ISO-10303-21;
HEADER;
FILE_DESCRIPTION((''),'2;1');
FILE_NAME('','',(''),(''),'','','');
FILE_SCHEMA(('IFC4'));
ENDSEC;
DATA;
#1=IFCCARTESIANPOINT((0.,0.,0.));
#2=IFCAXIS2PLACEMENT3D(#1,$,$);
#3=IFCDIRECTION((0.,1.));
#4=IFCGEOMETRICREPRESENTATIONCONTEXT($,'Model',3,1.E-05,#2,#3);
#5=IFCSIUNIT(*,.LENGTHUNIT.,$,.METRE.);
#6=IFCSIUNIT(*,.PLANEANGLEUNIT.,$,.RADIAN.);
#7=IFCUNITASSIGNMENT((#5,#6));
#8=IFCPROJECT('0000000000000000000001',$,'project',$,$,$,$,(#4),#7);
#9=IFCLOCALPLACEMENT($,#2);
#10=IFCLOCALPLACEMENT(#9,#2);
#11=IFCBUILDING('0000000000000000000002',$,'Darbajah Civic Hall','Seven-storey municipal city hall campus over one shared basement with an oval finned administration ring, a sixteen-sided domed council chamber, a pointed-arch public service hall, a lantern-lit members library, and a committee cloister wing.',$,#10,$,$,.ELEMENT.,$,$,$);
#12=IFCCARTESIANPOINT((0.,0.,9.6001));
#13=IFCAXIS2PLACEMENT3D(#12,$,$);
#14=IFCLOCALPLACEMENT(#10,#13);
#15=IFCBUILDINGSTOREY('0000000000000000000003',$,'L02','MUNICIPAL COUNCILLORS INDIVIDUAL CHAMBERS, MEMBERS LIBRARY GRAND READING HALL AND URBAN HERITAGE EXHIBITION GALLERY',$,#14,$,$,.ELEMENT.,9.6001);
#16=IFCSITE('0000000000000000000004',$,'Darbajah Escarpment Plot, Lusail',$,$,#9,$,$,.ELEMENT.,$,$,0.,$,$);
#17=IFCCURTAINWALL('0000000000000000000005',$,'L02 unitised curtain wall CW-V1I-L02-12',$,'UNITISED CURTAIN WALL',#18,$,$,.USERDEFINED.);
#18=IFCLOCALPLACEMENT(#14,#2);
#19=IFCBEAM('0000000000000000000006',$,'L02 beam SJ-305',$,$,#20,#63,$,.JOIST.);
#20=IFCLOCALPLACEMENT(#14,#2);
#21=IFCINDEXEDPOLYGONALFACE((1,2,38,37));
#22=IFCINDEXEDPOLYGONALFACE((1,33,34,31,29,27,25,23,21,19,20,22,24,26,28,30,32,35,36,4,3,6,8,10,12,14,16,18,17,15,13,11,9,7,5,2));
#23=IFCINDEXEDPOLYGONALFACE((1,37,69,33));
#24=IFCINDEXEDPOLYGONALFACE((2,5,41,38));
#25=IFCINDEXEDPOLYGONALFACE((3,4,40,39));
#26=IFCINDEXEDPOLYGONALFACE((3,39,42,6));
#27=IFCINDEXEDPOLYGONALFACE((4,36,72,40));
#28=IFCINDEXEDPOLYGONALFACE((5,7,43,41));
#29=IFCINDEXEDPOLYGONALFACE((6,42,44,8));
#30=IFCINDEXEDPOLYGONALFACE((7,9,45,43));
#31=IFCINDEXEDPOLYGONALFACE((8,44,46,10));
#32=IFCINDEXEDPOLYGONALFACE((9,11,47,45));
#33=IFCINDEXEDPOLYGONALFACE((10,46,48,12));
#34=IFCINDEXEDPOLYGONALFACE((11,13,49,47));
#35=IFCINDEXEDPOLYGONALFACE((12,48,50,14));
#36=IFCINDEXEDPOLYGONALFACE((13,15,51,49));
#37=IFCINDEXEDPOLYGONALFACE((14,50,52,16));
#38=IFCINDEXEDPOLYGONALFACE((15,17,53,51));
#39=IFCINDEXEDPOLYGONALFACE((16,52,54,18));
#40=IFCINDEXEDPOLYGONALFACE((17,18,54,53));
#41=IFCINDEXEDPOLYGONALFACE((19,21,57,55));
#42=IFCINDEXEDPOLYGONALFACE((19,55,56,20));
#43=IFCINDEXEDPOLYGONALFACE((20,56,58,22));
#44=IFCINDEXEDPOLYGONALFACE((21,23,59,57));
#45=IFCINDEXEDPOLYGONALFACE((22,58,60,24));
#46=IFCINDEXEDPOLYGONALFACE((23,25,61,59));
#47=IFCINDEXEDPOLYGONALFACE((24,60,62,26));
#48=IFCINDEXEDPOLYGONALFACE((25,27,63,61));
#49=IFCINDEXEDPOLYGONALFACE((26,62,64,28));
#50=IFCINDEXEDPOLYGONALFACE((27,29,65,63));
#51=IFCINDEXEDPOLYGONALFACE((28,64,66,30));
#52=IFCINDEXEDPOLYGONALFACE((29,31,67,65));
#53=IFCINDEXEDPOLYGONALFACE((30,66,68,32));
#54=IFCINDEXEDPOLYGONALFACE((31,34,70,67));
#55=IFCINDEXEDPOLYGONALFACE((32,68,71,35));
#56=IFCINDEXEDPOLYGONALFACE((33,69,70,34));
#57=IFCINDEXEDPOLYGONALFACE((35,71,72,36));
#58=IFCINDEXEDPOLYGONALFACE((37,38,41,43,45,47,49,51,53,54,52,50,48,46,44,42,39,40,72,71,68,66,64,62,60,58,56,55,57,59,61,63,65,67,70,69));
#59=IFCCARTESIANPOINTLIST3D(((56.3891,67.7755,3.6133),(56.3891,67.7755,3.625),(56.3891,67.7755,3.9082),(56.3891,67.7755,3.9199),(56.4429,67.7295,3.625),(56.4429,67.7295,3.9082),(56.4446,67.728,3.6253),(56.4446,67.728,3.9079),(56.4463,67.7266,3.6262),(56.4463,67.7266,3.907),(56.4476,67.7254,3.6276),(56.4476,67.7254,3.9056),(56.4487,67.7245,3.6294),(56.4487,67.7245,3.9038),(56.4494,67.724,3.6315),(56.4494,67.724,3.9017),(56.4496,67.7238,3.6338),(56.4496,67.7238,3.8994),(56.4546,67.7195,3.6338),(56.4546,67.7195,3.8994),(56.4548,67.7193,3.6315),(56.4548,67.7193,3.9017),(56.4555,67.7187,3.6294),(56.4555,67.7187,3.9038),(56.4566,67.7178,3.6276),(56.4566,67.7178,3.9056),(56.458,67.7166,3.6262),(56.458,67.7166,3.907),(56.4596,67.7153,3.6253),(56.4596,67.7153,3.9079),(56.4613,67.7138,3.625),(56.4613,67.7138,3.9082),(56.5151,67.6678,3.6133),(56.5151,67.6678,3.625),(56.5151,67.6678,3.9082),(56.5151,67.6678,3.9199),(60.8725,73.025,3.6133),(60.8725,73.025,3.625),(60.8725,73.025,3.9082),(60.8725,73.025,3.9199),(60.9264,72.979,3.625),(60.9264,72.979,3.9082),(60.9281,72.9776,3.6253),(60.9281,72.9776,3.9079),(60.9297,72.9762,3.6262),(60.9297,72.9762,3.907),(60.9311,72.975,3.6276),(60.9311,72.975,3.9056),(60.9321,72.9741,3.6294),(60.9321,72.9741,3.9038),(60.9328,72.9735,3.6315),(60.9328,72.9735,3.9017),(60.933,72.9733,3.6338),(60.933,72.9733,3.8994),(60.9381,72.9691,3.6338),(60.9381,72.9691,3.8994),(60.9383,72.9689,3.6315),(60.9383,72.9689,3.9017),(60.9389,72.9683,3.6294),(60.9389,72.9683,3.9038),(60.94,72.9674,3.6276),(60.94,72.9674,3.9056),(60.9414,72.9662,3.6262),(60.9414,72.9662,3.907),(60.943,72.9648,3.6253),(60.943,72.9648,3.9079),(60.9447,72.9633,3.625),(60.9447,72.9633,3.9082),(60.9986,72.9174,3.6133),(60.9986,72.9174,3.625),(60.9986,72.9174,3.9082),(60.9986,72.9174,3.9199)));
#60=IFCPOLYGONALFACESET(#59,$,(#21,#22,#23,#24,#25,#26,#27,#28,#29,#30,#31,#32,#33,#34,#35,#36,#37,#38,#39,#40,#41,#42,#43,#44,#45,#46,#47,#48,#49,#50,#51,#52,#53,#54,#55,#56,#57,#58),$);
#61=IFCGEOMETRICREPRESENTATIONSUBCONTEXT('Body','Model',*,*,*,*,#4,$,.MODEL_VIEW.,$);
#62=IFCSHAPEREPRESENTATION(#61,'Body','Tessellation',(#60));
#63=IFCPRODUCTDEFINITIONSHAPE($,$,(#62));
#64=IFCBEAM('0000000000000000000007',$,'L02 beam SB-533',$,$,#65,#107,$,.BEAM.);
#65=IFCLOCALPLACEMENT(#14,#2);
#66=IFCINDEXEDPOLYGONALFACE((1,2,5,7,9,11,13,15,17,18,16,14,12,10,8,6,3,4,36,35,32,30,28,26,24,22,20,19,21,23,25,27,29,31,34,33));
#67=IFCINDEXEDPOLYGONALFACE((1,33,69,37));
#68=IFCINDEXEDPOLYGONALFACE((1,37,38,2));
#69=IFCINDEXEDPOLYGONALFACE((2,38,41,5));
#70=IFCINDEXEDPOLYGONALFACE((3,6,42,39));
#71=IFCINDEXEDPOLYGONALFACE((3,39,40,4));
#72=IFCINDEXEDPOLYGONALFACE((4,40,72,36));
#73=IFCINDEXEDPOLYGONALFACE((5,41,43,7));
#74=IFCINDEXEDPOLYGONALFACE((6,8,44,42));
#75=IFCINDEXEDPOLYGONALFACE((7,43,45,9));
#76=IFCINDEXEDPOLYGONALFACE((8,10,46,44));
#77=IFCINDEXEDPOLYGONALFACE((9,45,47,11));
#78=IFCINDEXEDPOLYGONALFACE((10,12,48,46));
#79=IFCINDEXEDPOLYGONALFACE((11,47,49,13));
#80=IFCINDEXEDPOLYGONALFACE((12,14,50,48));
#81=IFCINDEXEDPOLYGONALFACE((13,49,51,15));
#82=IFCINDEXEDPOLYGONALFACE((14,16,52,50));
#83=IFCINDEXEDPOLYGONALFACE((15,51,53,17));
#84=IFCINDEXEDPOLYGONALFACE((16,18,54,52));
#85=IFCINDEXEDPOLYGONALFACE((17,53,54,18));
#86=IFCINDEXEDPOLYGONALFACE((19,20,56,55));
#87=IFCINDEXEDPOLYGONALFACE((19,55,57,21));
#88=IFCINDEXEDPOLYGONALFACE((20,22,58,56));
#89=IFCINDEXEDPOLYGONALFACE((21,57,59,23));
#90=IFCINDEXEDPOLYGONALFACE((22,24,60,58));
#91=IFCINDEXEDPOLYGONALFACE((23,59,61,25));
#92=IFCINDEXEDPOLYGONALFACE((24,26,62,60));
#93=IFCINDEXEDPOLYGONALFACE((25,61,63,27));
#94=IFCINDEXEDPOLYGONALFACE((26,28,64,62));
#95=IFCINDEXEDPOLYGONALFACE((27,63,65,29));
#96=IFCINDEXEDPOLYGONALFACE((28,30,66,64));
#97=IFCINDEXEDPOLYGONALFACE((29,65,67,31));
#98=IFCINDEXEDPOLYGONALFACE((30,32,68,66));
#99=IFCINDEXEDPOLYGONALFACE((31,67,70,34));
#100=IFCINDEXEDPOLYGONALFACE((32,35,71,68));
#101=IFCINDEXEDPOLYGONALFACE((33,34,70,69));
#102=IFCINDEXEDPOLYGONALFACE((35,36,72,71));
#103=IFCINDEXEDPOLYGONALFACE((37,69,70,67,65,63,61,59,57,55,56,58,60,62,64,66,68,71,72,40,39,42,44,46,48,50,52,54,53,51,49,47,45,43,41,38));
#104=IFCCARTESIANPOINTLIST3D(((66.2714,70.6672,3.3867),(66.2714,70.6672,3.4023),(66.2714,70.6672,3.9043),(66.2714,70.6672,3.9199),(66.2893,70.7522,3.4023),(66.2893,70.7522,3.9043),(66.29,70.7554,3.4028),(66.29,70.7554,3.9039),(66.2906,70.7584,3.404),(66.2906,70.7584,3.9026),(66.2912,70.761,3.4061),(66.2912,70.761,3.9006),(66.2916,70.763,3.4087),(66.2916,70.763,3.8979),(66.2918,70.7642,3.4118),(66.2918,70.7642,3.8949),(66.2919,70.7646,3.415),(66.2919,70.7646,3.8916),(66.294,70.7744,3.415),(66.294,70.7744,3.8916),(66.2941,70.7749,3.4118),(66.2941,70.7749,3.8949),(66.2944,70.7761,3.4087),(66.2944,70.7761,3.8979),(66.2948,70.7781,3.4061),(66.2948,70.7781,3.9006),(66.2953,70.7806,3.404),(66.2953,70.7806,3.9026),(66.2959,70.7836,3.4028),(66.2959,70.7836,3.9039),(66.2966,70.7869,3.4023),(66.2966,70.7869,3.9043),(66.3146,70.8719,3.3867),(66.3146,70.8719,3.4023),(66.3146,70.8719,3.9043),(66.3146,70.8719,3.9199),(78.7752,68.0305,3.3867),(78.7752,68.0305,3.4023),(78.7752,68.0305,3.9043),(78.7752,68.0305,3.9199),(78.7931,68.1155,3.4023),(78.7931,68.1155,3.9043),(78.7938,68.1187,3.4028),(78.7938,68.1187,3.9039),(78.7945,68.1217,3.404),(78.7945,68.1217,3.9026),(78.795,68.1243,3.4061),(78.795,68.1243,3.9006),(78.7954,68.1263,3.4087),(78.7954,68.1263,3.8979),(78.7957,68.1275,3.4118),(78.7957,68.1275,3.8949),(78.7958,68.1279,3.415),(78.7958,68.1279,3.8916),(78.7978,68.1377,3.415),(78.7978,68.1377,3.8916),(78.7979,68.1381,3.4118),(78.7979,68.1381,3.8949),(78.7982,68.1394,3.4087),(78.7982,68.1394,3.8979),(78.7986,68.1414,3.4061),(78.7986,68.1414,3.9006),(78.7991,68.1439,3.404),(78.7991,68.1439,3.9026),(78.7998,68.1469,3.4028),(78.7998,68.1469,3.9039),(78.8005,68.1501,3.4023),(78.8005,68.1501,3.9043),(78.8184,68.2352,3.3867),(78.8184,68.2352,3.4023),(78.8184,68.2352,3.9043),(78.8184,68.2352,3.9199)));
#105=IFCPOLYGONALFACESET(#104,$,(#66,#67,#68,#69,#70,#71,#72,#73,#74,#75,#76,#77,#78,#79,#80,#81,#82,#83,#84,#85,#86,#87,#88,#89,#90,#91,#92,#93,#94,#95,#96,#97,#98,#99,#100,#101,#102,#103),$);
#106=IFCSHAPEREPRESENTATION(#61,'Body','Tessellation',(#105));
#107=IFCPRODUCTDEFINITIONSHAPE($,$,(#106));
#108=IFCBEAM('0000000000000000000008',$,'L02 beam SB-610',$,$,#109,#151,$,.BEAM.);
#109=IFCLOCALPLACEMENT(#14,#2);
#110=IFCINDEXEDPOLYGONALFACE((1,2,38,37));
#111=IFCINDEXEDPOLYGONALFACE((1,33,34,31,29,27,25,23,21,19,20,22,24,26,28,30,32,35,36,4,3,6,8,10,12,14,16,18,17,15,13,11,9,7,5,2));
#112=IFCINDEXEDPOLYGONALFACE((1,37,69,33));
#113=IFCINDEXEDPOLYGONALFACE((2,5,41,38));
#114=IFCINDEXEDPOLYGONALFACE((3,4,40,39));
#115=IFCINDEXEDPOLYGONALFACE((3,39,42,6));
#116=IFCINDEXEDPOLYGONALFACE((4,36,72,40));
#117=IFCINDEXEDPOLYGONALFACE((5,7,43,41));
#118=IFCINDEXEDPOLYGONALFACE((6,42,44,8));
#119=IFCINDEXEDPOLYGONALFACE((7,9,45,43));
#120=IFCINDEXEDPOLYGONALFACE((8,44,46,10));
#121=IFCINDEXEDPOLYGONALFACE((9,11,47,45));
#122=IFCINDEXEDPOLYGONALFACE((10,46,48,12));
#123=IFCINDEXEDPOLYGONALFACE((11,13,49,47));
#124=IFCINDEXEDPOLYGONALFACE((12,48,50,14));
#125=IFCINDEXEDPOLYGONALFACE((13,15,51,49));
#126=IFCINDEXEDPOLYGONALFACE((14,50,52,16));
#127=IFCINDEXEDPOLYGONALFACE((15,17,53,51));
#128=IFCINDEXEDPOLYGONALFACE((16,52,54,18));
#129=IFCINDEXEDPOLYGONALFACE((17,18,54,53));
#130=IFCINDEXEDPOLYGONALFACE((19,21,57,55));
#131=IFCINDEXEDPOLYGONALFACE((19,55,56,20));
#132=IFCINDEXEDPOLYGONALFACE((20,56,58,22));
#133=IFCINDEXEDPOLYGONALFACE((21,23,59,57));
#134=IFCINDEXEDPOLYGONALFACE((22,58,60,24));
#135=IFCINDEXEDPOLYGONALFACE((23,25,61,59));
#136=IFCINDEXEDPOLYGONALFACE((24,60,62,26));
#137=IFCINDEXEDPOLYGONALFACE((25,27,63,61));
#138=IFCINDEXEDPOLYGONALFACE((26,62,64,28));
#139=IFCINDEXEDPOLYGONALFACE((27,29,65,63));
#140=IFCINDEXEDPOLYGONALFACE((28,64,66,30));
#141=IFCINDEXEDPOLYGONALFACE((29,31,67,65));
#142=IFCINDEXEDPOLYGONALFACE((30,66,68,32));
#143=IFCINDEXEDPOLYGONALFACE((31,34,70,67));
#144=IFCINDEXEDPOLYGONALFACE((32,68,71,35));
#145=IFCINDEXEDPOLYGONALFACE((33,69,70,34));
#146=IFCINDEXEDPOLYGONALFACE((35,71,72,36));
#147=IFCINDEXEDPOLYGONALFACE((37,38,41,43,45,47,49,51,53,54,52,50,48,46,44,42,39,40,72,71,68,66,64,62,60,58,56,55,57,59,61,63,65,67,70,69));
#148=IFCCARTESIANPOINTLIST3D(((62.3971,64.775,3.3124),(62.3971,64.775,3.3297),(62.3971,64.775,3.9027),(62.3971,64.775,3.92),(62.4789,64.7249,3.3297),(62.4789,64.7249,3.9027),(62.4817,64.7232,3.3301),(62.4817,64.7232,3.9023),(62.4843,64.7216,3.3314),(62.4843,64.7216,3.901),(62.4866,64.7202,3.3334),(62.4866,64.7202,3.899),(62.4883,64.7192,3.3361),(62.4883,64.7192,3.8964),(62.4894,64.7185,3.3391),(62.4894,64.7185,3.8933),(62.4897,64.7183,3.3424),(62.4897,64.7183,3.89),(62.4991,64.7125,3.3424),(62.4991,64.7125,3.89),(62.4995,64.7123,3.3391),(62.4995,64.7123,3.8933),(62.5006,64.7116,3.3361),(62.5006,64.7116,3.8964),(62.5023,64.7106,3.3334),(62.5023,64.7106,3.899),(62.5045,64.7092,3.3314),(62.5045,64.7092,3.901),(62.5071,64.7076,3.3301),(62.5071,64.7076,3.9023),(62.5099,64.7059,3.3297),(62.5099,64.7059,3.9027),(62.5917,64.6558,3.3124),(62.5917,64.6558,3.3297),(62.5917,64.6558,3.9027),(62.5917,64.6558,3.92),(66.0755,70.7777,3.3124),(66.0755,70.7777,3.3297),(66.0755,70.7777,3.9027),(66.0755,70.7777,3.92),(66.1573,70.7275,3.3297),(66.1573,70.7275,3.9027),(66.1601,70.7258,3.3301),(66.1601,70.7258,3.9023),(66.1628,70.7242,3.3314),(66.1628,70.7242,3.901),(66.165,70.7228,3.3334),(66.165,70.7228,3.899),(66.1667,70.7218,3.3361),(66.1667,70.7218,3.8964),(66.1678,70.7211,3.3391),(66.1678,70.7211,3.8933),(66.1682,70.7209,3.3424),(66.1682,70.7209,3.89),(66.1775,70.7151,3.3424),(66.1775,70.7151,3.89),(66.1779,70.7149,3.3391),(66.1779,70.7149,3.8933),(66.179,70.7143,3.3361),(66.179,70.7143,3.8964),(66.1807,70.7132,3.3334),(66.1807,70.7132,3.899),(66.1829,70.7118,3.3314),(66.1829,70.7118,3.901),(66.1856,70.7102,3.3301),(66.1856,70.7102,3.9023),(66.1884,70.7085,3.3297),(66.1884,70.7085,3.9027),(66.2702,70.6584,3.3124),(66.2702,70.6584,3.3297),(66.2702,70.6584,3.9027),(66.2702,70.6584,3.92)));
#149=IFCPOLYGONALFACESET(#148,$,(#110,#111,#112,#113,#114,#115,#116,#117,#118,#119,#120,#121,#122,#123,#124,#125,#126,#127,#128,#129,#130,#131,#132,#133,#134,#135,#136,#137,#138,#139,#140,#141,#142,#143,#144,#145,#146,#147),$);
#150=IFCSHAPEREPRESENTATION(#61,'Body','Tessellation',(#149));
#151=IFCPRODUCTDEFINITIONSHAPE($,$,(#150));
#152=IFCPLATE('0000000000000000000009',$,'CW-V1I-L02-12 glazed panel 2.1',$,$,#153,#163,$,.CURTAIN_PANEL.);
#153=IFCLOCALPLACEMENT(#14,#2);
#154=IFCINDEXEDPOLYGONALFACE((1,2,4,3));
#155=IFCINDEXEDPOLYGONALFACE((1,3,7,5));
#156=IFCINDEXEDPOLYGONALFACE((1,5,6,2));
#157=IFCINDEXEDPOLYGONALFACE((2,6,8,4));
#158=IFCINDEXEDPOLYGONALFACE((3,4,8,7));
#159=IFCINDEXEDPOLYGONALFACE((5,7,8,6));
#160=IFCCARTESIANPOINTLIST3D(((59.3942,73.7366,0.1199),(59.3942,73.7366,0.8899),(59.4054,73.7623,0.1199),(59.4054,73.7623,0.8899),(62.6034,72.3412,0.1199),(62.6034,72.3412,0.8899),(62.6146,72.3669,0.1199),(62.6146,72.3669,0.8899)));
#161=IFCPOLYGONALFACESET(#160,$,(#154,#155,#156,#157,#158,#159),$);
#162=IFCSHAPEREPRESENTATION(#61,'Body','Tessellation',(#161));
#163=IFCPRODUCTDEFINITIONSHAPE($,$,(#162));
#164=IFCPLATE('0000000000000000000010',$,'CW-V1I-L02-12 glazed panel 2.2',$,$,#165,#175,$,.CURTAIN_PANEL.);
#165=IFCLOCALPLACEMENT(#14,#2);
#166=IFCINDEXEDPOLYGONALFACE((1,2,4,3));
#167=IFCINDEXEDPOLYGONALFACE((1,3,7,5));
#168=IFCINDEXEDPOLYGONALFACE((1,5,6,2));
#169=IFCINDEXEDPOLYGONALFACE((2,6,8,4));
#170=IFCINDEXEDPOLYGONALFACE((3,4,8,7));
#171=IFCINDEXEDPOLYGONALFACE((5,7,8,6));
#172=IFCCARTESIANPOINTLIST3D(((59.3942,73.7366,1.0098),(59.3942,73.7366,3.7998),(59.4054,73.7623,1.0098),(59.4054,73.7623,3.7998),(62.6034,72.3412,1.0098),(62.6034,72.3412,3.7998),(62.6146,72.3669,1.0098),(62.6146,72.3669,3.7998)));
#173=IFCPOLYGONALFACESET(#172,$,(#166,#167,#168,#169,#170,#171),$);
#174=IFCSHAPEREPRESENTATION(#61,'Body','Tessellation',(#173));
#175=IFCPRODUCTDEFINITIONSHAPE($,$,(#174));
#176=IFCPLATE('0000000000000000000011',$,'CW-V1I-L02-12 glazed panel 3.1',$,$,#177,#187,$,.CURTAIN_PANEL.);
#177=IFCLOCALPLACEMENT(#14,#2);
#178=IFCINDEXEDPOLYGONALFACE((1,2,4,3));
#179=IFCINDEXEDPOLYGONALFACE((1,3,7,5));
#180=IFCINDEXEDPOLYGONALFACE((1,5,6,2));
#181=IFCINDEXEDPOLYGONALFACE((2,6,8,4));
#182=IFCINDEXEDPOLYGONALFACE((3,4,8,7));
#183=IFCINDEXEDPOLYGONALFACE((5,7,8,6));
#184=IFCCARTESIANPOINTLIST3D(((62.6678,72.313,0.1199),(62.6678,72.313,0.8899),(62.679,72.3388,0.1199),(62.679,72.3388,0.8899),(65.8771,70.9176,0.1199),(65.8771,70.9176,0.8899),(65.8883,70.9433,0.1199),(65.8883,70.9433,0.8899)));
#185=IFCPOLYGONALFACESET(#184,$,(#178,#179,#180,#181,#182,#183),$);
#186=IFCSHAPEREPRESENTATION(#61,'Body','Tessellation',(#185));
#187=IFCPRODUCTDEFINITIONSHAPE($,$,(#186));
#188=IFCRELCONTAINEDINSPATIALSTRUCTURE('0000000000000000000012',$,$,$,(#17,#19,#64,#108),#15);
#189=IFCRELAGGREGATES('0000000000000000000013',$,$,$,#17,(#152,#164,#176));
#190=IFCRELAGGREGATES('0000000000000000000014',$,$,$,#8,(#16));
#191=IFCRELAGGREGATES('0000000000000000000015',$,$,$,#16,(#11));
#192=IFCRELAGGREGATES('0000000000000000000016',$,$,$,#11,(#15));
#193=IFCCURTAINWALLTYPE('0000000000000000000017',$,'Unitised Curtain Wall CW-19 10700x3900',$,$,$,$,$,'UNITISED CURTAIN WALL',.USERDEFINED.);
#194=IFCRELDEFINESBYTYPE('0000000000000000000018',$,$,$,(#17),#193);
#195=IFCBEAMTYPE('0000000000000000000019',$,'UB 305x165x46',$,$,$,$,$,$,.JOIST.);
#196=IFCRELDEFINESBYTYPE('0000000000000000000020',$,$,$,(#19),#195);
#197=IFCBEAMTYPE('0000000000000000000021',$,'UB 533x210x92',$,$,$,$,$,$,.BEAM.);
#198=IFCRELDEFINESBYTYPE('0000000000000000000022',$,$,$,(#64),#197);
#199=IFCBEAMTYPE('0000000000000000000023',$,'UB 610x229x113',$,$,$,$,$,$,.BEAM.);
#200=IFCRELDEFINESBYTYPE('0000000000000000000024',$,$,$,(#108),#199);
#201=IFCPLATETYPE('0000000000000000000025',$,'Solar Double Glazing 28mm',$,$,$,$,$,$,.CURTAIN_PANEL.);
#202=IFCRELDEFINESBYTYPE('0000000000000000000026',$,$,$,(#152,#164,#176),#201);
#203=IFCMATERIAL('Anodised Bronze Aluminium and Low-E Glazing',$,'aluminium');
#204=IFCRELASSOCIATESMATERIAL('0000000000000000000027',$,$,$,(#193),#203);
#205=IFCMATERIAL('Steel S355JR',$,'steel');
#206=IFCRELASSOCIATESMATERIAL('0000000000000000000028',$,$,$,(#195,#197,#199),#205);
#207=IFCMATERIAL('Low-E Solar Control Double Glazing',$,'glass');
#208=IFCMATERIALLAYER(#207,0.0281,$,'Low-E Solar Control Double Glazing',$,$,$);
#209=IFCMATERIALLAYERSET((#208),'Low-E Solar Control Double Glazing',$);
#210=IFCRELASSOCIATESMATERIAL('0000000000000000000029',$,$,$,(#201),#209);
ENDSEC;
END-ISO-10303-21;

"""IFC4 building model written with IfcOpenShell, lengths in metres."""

from ifc_helpers import new_model, si_unit, direction, frame, origin, origin_2d, place, context, subcontext, project, spatial, rectangle, i_section, extrude, material, layer, layer_set, material_profile, profile_set, type_object, element, aggregate, save


model = new_model("IFC4")

# Units and contexts
model_context = context("Model", 3, precision=1e-05, world=origin(), true_north=direction((0.0, 1.0)))
body_context = subcontext(model_context, "Body", "Model", "MODEL_VIEW")
ifc_project = project(units=[si_unit("LENGTHUNIT", "METRE"), si_unit("PLANEANGLEUNIT", "RADIAN")], contexts=[model_context])

# Site, building, storey
site_placement = place(None, origin())
site = spatial("IfcSite", under=ifc_project, at=site_placement, Name="Darbajah Escarpment Plot, Lusail", CompositionType="ELEMENT", RefElevation=0.0)
building_placement = place(site_placement, origin())
building = spatial("IfcBuilding", under=site, at=building_placement, Name="Darbajah Civic Hall", Description="Seven-storey municipal city hall campus over one shared basement with an oval finned administration ring, a sixteen-sided domed council chamber, a pointed-arch public service hall, a lantern-lit members library, and a committee cloister wing.", CompositionType="ELEMENT")
storey_placement = place(building_placement, frame((0.0, 0.0, 9.6001)))
storey = spatial("IfcBuildingStorey", under=building, at=storey_placement, Name="L02", Description="MUNICIPAL COUNCILLORS INDIVIDUAL CHAMBERS, MEMBERS LIBRARY GRAND READING HALL AND URBAN HERITAGE EXHIBITION GALLERY", CompositionType="ELEMENT", Elevation=9.6001)

# Curtain wall
ifc_material_1 = material(Name="Anodised Bronze Aluminium and Low-E Glazing", Category="aluminium")
curtain_wall_type = type_object("IfcCurtainWallType", Name="Unitised Curtain Wall CW-19 10700x3900", ElementType="UNITISED CURTAIN WALL", PredefinedType="USERDEFINED", material=ifc_material_1)
curtain_wall_placement = place(storey_placement, origin())
curtain_wall = element("IfcCurtainWall", 1, at=curtain_wall_placement, inside=storey, type_object=curtain_wall_type, Name="L02 unitised curtain wall CW-V1I-L02-12", ObjectType="UNITISED CURTAIN WALL", PredefinedType="USERDEFINED")

# Beams
ifc_material_2 = material(Name="Steel S355JR", Category="steel")
ifc_material_profile_1 = material_profile(ifc_material_2, i_section(OverallWidth=0.1658, OverallDepth=0.3066, WebThickness=0.0066, FlangeThickness=0.0117, FilletRadius=0.0088, at=origin_2d()), Name="UB 305x165x46")
ifc_profile_set_1 = profile_set([ifc_material_profile_1], Name="Steel S355JR")
beam_type_1 = type_object("IfcBeamType", Name="UB 305x165x46", PredefinedType="JOIST", material=ifc_profile_set_1)
beam_1_placement = place(storey_placement, frame((60.9355, 72.9712, 3.7666), z_axis=(-0.649439, -0.760414, 0.0), x_axis=(0.760414, -0.649439, 0.0)))
element("IfcBeam", 2, at=beam_1_placement, inside=storey, type_object=beam_type_1, Name="L02 beam SJ-305", PredefinedType="JOIST", context=body_context, shape_type="SweptSolid", body=[
    extrude(i_section(OverallWidth=0.1658, OverallDepth=0.3066, WebThickness=0.0066, FlangeThickness=0.0117, FilletRadius=0.0088, at=origin_2d()), origin(), (0.0, 0.0, 1.0), 6.9036),
])
ifc_material_profile_2 = material_profile(ifc_material_2, i_section(OverallWidth=0.2092, OverallDepth=0.5332, WebThickness=0.01, FlangeThickness=0.0156, FilletRadius=0.0127, at=origin_2d()), Name="UB 533x210x92")
ifc_profile_set_2 = profile_set([ifc_material_profile_2], Name="Steel S355JR")
beam_type_2 = type_object("IfcBeamType", Name="UB 533x210x92", PredefinedType="BEAM", material=ifc_profile_set_2)
beam_2_placement = place(storey_placement, frame((66.293, 70.7695, 3.6533), z_axis=(0.978482, -0.206334, 0.0), x_axis=(0.206334, 0.978482, 0.0)))
element("IfcBeam", 3, at=beam_2_placement, inside=storey, type_object=beam_type_2, Name="L02 beam SB-533", PredefinedType="BEAM", context=body_context, shape_type="SweptSolid", body=[
    extrude(i_section(OverallWidth=0.2092, OverallDepth=0.5332, WebThickness=0.01, FlangeThickness=0.0156, FilletRadius=0.0127, at=origin_2d()), origin(), (0.0, 0.0, 1.0), 12.7788),
])
ifc_material_profile_3 = material_profile(ifc_material_2, i_section(OverallWidth=0.2283, OverallDepth=0.6077, WebThickness=0.011, FlangeThickness=0.0173, FilletRadius=0.0127, at=origin_2d()), Name="UB 610x229x113")
ifc_profile_set_3 = profile_set([ifc_material_profile_3], Name="Steel S355JR")
beam_type_3 = type_object("IfcBeamType", Name="UB 610x229x113", PredefinedType="BEAM", material=ifc_profile_set_3)
beam_3_placement = place(storey_placement, frame((66.1729, 70.718, 3.6162), z_axis=(-0.5225, -0.852639, 0.0), x_axis=(0.852639, -0.5225, 0.0)))
element("IfcBeam", 4, at=beam_3_placement, inside=storey, type_object=beam_type_3, Name="L02 beam SB-610", PredefinedType="BEAM", context=body_context, shape_type="SweptSolid", body=[
    extrude(i_section(OverallWidth=0.2283, OverallDepth=0.6077, WebThickness=0.011, FlangeThickness=0.0173, FilletRadius=0.0127, at=origin_2d()), origin(), (0.0, 0.0, 1.0), 7.04),
])

# Plates
ifc_material_3 = material(Name="Low-E Solar Control Double Glazing", Category="glass")
ifc_layer_1 = layer(ifc_material_3, 0.0281, Name="Low-E Solar Control Double Glazing")
ifc_layer_set_1 = layer_set([ifc_layer_1], Name="Low-E Solar Control Double Glazing")
plate_type = type_object("IfcPlateType", Name="Solar Double Glazing 28mm", PredefinedType="CURTAIN_PANEL", material=ifc_layer_set_1)
plate_1_placement = place(storey_placement, frame((61.0044, 73.0518, 0.1199), z_axis=(0.0, 0.0, 1.0), x_axis=(0.91706, -0.398749, 0.0)))
plate_1 = element("IfcPlate", 5, at=plate_1_placement, type_object=plate_type, Name="CW-V1I-L02-12 glazed panel 2.1", PredefinedType="CURTAIN_PANEL", context=body_context, shape_type="SweptSolid", body=[
    extrude(rectangle(XDim=3.4995, YDim=0.0281, at=origin_2d()), origin(), (0.0, 0.0, 1.0), 0.77),
])
plate_2_placement = place(storey_placement, frame((61.0044, 73.0518, 1.0098), z_axis=(0.0, 0.0, 1.0), x_axis=(0.91706, -0.398749, 0.0)))
plate_2 = element("IfcPlate", 6, at=plate_2_placement, type_object=plate_type, Name="CW-V1I-L02-12 glazed panel 2.2", PredefinedType="CURTAIN_PANEL", context=body_context, shape_type="SweptSolid", body=[
    extrude(rectangle(XDim=3.4995, YDim=0.0281, at=origin_2d()), origin(), (0.0, 0.0, 1.0), 2.79),
])
plate_3_placement = place(storey_placement, frame((64.2781, 71.6282, 0.1199), z_axis=(0.0, 0.0, 1.0), x_axis=(0.91706, -0.398749, 0.0)))
plate_3 = element("IfcPlate", 7, at=plate_3_placement, type_object=plate_type, Name="CW-V1I-L02-12 glazed panel 3.1", PredefinedType="CURTAIN_PANEL", context=body_context, shape_type="SweptSolid", body=[
    extrude(rectangle(XDim=3.4995, YDim=0.0281, at=origin_2d()), origin(), (0.0, 0.0, 1.0), 0.77),
])
aggregate(curtain_wall, [plate_1, plate_2, plate_3])

save(model, "model.ifc")
